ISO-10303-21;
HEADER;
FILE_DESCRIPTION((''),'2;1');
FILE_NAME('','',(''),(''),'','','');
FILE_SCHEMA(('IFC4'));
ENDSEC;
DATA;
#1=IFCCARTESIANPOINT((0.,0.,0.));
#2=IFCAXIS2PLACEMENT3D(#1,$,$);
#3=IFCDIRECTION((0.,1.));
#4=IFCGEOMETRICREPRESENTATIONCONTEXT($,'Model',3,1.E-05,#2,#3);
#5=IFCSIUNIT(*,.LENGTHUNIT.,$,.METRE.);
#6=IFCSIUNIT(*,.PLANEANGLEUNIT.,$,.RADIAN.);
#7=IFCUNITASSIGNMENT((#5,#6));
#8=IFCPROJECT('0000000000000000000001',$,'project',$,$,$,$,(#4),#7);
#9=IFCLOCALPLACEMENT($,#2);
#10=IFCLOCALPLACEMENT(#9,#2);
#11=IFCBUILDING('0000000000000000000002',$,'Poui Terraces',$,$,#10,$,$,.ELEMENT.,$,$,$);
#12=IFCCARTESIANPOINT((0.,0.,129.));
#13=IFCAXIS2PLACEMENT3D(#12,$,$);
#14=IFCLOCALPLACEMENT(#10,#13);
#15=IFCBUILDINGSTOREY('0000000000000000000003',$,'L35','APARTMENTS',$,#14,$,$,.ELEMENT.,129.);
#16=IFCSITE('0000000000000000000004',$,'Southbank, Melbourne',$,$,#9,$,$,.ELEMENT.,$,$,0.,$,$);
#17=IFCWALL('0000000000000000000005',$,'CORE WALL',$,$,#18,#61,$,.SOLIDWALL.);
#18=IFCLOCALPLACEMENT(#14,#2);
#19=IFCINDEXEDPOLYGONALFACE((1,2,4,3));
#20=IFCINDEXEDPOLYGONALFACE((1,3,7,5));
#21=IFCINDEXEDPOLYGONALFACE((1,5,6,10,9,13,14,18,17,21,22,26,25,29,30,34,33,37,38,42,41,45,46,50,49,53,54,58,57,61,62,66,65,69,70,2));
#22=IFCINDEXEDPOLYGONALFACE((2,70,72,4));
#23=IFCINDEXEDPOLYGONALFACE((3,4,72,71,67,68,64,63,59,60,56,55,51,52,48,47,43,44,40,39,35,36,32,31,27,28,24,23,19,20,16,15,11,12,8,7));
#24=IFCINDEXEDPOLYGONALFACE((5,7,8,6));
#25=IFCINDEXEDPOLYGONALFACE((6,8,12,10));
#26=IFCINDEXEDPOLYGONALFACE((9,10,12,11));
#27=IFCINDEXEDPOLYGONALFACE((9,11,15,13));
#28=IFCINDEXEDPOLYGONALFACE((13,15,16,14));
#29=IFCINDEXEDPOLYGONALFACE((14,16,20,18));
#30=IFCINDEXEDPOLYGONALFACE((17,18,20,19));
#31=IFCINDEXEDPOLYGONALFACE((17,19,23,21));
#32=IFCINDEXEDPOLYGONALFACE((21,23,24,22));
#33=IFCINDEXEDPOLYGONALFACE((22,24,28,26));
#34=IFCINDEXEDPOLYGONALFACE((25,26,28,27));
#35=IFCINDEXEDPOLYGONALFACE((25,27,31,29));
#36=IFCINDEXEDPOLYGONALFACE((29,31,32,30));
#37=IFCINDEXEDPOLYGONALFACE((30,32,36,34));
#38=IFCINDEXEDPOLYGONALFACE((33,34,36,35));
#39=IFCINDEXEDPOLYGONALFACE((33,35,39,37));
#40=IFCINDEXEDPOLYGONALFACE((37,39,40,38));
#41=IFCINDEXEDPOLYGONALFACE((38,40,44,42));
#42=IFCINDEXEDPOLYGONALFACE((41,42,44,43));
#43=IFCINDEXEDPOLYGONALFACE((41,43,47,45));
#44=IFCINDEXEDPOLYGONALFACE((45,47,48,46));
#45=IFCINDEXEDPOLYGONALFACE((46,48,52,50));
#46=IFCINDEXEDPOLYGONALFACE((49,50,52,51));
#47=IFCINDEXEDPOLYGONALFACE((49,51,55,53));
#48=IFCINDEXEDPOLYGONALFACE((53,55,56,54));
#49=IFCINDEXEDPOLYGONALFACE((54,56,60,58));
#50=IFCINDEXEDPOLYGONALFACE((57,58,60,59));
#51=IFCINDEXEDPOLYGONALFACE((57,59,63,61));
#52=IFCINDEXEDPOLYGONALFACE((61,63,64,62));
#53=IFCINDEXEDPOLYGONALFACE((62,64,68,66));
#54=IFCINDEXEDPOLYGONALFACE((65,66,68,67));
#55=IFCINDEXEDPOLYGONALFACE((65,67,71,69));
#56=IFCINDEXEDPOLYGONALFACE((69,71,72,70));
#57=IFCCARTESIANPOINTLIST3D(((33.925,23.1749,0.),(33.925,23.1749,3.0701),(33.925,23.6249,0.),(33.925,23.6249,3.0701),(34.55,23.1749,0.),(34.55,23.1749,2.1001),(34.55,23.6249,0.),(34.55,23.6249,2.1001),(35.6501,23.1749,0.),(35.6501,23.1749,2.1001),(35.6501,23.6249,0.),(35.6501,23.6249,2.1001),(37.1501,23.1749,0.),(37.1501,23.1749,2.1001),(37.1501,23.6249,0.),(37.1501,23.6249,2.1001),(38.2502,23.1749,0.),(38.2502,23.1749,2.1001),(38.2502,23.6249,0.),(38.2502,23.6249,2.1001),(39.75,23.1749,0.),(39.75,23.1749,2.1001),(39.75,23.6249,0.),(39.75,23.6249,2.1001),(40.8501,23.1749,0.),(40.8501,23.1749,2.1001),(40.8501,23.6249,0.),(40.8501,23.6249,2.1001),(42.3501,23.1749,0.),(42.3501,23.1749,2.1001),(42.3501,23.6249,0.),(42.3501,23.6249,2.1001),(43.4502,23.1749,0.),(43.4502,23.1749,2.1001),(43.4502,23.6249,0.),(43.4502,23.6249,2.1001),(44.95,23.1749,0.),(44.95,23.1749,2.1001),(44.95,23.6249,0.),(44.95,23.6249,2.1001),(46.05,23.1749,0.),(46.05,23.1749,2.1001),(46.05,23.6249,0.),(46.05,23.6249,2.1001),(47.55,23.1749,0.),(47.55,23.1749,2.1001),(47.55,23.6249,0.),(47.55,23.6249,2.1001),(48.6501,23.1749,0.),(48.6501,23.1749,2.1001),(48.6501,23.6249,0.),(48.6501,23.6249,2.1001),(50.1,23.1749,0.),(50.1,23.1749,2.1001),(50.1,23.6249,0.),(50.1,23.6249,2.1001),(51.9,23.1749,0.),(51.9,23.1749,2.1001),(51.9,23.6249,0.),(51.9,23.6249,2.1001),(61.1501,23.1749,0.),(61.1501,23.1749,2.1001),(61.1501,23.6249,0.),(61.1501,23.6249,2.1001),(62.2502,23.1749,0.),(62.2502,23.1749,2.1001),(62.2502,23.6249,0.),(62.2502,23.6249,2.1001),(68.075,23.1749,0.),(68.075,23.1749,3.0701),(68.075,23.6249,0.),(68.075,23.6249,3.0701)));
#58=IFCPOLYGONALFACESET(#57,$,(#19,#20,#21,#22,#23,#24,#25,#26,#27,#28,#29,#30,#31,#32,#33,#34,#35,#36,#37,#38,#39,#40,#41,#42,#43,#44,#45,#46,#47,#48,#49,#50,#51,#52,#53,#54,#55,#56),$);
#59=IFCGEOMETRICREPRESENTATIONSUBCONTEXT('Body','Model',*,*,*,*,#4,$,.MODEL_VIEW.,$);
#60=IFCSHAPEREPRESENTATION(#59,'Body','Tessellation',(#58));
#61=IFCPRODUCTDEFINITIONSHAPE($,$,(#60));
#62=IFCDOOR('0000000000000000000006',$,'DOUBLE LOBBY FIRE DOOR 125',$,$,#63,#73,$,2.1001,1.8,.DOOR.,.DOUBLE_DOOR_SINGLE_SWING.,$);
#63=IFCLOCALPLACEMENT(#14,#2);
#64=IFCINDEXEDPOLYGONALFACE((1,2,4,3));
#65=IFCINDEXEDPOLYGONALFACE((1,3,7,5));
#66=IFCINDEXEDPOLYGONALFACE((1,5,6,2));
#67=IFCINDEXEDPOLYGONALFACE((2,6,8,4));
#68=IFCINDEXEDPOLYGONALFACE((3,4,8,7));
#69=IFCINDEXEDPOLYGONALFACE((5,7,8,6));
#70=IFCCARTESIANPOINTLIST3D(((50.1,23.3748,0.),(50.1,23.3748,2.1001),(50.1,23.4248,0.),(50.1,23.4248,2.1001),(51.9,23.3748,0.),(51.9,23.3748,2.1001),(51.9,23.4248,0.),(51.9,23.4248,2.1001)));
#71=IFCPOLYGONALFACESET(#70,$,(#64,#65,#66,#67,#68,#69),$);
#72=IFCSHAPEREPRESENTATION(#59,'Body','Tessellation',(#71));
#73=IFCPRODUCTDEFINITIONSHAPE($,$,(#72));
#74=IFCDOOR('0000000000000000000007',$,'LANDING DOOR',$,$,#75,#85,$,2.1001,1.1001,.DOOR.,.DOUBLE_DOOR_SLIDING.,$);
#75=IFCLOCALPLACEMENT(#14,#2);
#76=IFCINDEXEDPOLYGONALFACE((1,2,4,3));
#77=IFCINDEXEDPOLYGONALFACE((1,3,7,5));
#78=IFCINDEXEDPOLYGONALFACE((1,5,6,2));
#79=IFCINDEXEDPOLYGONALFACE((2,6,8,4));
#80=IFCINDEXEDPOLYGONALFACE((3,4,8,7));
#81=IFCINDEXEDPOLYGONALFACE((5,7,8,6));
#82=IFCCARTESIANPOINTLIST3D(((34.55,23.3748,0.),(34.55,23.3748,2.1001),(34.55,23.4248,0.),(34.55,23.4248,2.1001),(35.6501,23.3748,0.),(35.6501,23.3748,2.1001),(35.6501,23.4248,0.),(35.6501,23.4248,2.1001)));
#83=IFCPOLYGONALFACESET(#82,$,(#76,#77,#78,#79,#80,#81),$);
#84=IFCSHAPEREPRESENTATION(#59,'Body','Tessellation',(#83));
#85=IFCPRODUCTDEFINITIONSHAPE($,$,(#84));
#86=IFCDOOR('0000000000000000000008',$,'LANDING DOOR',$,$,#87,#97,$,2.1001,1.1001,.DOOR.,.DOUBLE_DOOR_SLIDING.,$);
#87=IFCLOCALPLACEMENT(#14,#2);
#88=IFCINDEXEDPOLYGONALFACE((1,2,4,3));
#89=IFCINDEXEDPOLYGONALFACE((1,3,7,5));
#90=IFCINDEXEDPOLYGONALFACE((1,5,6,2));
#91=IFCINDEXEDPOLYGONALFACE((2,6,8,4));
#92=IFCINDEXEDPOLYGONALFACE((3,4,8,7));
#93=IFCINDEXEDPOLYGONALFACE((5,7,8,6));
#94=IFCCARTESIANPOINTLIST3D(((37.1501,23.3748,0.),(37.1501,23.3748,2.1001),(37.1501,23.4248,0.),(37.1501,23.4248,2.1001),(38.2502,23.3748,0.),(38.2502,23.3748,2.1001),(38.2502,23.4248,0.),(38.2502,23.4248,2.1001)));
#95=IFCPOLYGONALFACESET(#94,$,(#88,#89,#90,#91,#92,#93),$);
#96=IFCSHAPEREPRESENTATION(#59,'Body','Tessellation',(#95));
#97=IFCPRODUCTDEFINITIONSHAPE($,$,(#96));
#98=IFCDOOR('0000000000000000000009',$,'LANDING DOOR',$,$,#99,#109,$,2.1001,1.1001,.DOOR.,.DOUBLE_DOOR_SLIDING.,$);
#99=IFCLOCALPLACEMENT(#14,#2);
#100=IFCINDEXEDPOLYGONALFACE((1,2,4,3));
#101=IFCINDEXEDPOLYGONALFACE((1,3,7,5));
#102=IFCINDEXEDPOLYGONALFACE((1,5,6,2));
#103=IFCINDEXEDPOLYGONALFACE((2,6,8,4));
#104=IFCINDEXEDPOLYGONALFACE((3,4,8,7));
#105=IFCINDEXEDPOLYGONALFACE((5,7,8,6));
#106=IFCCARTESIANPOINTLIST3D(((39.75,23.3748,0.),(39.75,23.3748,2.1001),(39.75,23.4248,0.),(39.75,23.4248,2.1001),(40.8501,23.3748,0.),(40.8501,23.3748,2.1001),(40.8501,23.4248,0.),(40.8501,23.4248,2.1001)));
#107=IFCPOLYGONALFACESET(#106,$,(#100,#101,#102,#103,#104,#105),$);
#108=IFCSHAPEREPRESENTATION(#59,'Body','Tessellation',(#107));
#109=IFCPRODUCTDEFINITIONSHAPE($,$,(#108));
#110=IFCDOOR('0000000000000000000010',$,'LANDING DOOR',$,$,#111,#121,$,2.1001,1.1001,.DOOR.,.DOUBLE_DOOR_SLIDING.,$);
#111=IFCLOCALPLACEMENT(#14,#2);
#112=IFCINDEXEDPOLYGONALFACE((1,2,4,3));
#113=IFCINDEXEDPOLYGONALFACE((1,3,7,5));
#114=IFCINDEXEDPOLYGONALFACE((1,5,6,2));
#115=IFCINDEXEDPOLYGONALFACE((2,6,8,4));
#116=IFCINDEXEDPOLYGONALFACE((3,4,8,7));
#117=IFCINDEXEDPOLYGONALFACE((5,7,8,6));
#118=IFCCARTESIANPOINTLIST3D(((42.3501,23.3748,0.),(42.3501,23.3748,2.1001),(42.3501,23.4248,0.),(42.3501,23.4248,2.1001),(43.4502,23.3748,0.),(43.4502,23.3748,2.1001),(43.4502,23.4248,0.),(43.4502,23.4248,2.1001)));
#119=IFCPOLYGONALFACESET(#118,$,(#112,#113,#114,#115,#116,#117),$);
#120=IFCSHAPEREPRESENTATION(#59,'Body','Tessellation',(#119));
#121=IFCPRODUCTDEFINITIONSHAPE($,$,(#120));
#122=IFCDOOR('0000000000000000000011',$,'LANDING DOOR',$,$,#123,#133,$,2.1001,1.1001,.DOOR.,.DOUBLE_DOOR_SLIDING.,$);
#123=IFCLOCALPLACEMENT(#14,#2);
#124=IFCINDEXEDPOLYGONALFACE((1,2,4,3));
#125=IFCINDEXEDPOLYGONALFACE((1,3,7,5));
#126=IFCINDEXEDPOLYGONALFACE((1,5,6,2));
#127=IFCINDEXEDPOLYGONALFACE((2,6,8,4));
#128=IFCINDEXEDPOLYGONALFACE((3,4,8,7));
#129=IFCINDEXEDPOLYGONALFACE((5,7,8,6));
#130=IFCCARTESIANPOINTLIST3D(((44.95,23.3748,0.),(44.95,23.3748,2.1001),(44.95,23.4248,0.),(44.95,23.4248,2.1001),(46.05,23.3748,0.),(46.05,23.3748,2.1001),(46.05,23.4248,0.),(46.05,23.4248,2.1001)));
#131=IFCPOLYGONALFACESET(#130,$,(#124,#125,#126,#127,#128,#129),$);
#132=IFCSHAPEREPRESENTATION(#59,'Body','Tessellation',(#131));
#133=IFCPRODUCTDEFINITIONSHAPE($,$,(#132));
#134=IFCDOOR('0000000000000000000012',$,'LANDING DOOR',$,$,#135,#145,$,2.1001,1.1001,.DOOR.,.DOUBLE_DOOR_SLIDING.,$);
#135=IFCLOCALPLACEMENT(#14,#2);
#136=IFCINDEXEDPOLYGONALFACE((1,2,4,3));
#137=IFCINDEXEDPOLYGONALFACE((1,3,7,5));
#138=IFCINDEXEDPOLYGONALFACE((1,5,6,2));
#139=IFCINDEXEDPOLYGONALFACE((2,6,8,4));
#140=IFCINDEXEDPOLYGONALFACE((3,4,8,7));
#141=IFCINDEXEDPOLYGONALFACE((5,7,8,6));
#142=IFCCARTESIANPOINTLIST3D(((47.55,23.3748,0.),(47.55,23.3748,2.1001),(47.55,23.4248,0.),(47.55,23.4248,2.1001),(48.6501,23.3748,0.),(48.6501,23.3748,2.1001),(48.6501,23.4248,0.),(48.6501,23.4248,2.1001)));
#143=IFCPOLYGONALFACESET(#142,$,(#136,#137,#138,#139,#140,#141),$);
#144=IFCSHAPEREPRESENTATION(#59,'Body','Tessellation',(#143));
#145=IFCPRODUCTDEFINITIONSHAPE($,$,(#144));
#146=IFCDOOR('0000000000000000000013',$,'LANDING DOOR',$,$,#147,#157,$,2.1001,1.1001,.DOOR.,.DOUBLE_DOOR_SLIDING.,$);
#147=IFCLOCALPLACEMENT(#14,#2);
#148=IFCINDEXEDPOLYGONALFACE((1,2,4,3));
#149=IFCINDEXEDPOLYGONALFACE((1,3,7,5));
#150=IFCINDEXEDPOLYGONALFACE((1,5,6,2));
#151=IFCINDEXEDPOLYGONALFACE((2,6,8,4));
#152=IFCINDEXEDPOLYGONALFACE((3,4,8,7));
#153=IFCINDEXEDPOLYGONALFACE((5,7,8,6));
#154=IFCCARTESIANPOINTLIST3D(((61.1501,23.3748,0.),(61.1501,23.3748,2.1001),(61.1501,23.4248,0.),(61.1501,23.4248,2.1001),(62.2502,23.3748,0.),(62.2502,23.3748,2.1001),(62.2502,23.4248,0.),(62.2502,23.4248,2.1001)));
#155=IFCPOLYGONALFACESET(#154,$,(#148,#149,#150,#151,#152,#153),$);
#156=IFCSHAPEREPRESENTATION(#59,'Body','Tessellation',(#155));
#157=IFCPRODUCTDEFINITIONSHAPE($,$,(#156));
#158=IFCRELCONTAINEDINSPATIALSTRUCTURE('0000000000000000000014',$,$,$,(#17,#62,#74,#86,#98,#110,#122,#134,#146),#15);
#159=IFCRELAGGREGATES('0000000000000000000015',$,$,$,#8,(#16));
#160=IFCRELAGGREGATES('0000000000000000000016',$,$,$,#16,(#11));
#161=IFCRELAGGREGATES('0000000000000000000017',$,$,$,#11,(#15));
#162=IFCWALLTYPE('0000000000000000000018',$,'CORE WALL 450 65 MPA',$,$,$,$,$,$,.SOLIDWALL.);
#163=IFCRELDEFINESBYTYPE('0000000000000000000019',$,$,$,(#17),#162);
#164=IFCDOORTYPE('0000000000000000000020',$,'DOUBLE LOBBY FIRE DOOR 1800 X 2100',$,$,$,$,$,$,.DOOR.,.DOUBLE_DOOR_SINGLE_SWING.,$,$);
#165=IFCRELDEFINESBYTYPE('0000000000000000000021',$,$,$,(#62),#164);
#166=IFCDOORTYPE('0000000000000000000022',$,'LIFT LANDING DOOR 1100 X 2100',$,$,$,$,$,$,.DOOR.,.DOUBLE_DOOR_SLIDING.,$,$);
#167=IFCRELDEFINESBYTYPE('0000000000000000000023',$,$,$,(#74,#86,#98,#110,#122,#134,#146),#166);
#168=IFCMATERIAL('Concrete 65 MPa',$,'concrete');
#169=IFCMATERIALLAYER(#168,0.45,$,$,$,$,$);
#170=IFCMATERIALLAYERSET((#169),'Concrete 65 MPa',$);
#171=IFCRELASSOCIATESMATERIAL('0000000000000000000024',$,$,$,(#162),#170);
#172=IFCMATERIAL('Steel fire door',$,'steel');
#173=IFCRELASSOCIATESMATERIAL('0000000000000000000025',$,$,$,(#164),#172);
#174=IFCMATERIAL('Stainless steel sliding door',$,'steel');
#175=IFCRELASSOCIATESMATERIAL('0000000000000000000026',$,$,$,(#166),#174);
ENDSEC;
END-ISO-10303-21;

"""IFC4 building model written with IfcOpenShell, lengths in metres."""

from ifc_helpers import new_model, si_unit, direction, frame, frame_2d, origin, place, context, subcontext, project, spatial, rectangle, extrude, material, layer, layer_set, type_object, element, fill, save


model = new_model("IFC4")

# Units and contexts
model_context = context("Model", 3, precision=1e-05, world=origin(), true_north=direction((0.0, 1.0)))
body_context = subcontext(model_context, "Body", "Model", "MODEL_VIEW")
ifc_project = project(units=[si_unit("LENGTHUNIT", "METRE"), si_unit("PLANEANGLEUNIT", "RADIAN")], contexts=[model_context])

# Site, building, storey
site_placement = place(None, origin())
site = spatial("IfcSite", under=ifc_project, at=site_placement, Name="Southbank, Melbourne", CompositionType="ELEMENT", RefElevation=0.0)
building_placement = place(site_placement, origin())
building = spatial("IfcBuilding", under=site, at=building_placement, Name="Poui Terraces", CompositionType="ELEMENT")
storey_placement = place(building_placement, frame((0.0, 0.0, 129.0)))
storey = spatial("IfcBuildingStorey", under=building, at=storey_placement, Name="L35", Description="APARTMENTS", CompositionType="ELEMENT", Elevation=129.0)

# Shared definitions
ifc_material_1 = material(Name="Concrete 65 MPa", Category="concrete")

# Wall, openings, doors
ifc_layer_1 = layer(ifc_material_1, 0.45)
ifc_layer_set_1 = layer_set([ifc_layer_1], Name="Concrete 65 MPa")
wall_type_1 = type_object("IfcWallType", Name="CORE WALL 450 65 MPA", PredefinedType="SOLIDWALL", material=ifc_layer_set_1)
wall_1_placement = place(storey_placement, frame((33.925, 23.3999, 0.0), z_axis=(0.0, 0.0, 1.0), x_axis=(1.0, 0.0, 0.0)))
wall_1 = element("IfcWall", 1, at=wall_1_placement, inside=storey, type_object=wall_type_1, Name="CORE WALL", PredefinedType="SOLIDWALL", context=body_context, shape_type="SweptSolid", body=[
    extrude(rectangle(XDim=34.1499, YDim=0.45, at=frame_2d((17.075, 0.0))), origin(), (0.0, 0.0, 1.0), 3.0701),
])
opening_1_placement = place(wall_1_placement, frame((16.175, 0.0, 0.0)))
opening_1 = element("IfcOpeningElement", 2, at=opening_1_placement, cuts=wall_1, PredefinedType="OPENING", context=body_context, shape_type="SweptSolid", body=[
    extrude(rectangle(XDim=1.8, YDim=2.1001, at=frame_2d((0.8999, 1.05))), frame((0.0, 0.2349, 0.0), z_axis=(0.0, -1.0, 0.0), x_axis=(1.0, 0.0, 0.0)), (0.0, 0.0, 1.0), 0.47),
])
opening_2_placement = place(wall_1_placement, frame((0.625, 0.0, 0.0)))
opening_2 = element("IfcOpeningElement", 3, at=opening_2_placement, cuts=wall_1, PredefinedType="OPENING", context=body_context, shape_type="SweptSolid", body=[
    extrude(rectangle(XDim=1.1001, YDim=2.1001, at=frame_2d((0.55, 1.05))), frame((0.0, 0.2349, 0.0), z_axis=(0.0, -1.0, 0.0), x_axis=(1.0, 0.0, 0.0)), (0.0, 0.0, 1.0), 0.47),
])
opening_3_placement = place(wall_1_placement, frame((3.2251, 0.0, 0.0)))
opening_3 = element("IfcOpeningElement", 4, at=opening_3_placement, cuts=wall_1, PredefinedType="OPENING", context=body_context, shape_type="SweptSolid", body=[
    extrude(rectangle(XDim=1.1001, YDim=2.1001, at=frame_2d((0.55, 1.05))), frame((0.0, 0.2349, 0.0), z_axis=(0.0, -1.0, 0.0), x_axis=(1.0, 0.0, 0.0)), (0.0, 0.0, 1.0), 0.47),
])
opening_4_placement = place(wall_1_placement, frame((5.825, 0.0, 0.0)))
opening_4 = element("IfcOpeningElement", 5, at=opening_4_placement, cuts=wall_1, PredefinedType="OPENING", context=body_context, shape_type="SweptSolid", body=[
    extrude(rectangle(XDim=1.1001, YDim=2.1001, at=frame_2d((0.55, 1.05))), frame((0.0, 0.2349, 0.0), z_axis=(0.0, -1.0, 0.0), x_axis=(1.0, 0.0, 0.0)), (0.0, 0.0, 1.0), 0.47),
])
opening_5_placement = place(wall_1_placement, frame((8.425, 0.0, 0.0)))
opening_5 = element("IfcOpeningElement", 6, at=opening_5_placement, cuts=wall_1, PredefinedType="OPENING", context=body_context, shape_type="SweptSolid", body=[
    extrude(rectangle(XDim=1.1001, YDim=2.1001, at=frame_2d((0.55, 1.05))), frame((0.0, 0.2349, 0.0), z_axis=(0.0, -1.0, 0.0), x_axis=(1.0, 0.0, 0.0)), (0.0, 0.0, 1.0), 0.47),
])
opening_6_placement = place(wall_1_placement, frame((11.0249, 0.0, 0.0)))
opening_6 = element("IfcOpeningElement", 7, at=opening_6_placement, cuts=wall_1, PredefinedType="OPENING", context=body_context, shape_type="SweptSolid", body=[
    extrude(rectangle(XDim=1.1001, YDim=2.1001, at=frame_2d((0.55, 1.05))), frame((0.0, 0.2349, 0.0), z_axis=(0.0, -1.0, 0.0), x_axis=(1.0, 0.0, 0.0)), (0.0, 0.0, 1.0), 0.47),
])
opening_7_placement = place(wall_1_placement, frame((13.625, 0.0, 0.0)))
opening_7 = element("IfcOpeningElement", 8, at=opening_7_placement, cuts=wall_1, PredefinedType="OPENING", context=body_context, shape_type="SweptSolid", body=[
    extrude(rectangle(XDim=1.1001, YDim=2.1001, at=frame_2d((0.55, 1.05))), frame((0.0, 0.2349, 0.0), z_axis=(0.0, -1.0, 0.0), x_axis=(1.0, 0.0, 0.0)), (0.0, 0.0, 1.0), 0.47),
])
opening_8_placement = place(wall_1_placement, frame((27.2251, 0.0, 0.0)))
opening_8 = element("IfcOpeningElement", 9, at=opening_8_placement, cuts=wall_1, PredefinedType="OPENING", context=body_context, shape_type="SweptSolid", body=[
    extrude(rectangle(XDim=1.1001, YDim=2.1001, at=frame_2d((0.55, 1.05))), frame((0.0, 0.2349, 0.0), z_axis=(0.0, -1.0, 0.0), x_axis=(1.0, 0.0, 0.0)), (0.0, 0.0, 1.0), 0.47),
])
ifc_material_2 = material(Name="Steel fire door", Category="steel")
door_type_1 = type_object("IfcDoorType", Name="DOUBLE LOBBY FIRE DOOR 1800 X 2100", OperationType="DOUBLE_DOOR_SINGLE_SWING", PredefinedType="DOOR", material=ifc_material_2)
door_1_placement = place(opening_1_placement, origin())
door_1 = element("IfcDoor", 10, at=door_1_placement, inside=storey, type_object=door_type_1, Name="DOUBLE LOBBY FIRE DOOR 125", OperationType="DOUBLE_DOOR_SINGLE_SWING", OverallHeight=2.1001, OverallWidth=1.8, PredefinedType="DOOR", context=body_context, shape_type="SweptSolid", body=[
    extrude(rectangle(XDim=1.8, YDim=2.1001, at=frame_2d((0.8999, 1.05))), frame((0.0, 0.0249, 0.0), z_axis=(0.0, -1.0, 0.0), x_axis=(1.0, 0.0, 0.0)), (0.0, 0.0, 1.0), 0.05),
])
fill(opening_1, door_1)
ifc_material_3 = material(Name="Stainless steel sliding door", Category="steel")
door_type_2 = type_object("IfcDoorType", Name="LIFT LANDING DOOR 1100 X 2100", OperationType="DOUBLE_DOOR_SLIDING", PredefinedType="DOOR", material=ifc_material_3)
door_2_placement = place(opening_2_placement, origin())
door_2 = element("IfcDoor", 11, at=door_2_placement, inside=storey, type_object=door_type_2, Name="LANDING DOOR", OperationType="DOUBLE_DOOR_SLIDING", OverallHeight=2.1001, OverallWidth=1.1001, PredefinedType="DOOR", context=body_context, shape_type="SweptSolid", body=[
    extrude(rectangle(XDim=1.1001, YDim=2.1001, at=frame_2d((0.55, 1.05))), frame((0.0, 0.0249, 0.0), z_axis=(0.0, -1.0, 0.0), x_axis=(1.0, 0.0, 0.0)), (0.0, 0.0, 1.0), 0.05),
])
fill(opening_2, door_2)
door_3_placement = place(opening_3_placement, origin())
door_3 = element("IfcDoor", 12, at=door_3_placement, inside=storey, type_object=door_type_2, Name="LANDING DOOR", OperationType="DOUBLE_DOOR_SLIDING", OverallHeight=2.1001, OverallWidth=1.1001, PredefinedType="DOOR", context=body_context, shape_type="SweptSolid", body=[
    extrude(rectangle(XDim=1.1001, YDim=2.1001, at=frame_2d((0.55, 1.05))), frame((0.0, 0.0249, 0.0), z_axis=(0.0, -1.0, 0.0), x_axis=(1.0, 0.0, 0.0)), (0.0, 0.0, 1.0), 0.05),
])
fill(opening_3, door_3)
door_4_placement = place(opening_4_placement, origin())
door_4 = element("IfcDoor", 13, at=door_4_placement, inside=storey, type_object=door_type_2, Name="LANDING DOOR", OperationType="DOUBLE_DOOR_SLIDING", OverallHeight=2.1001, OverallWidth=1.1001, PredefinedType="DOOR", context=body_context, shape_type="SweptSolid", body=[
    extrude(rectangle(XDim=1.1001, YDim=2.1001, at=frame_2d((0.55, 1.05))), frame((0.0, 0.0249, 0.0), z_axis=(0.0, -1.0, 0.0), x_axis=(1.0, 0.0, 0.0)), (0.0, 0.0, 1.0), 0.05),
])
fill(opening_4, door_4)
door_5_placement = place(opening_5_placement, origin())
door_5 = element("IfcDoor", 14, at=door_5_placement, inside=storey, type_object=door_type_2, Name="LANDING DOOR", OperationType="DOUBLE_DOOR_SLIDING", OverallHeight=2.1001, OverallWidth=1.1001, PredefinedType="DOOR", context=body_context, shape_type="SweptSolid", body=[
    extrude(rectangle(XDim=1.1001, YDim=2.1001, at=frame_2d((0.55, 1.05))), frame((0.0, 0.0249, 0.0), z_axis=(0.0, -1.0, 0.0), x_axis=(1.0, 0.0, 0.0)), (0.0, 0.0, 1.0), 0.05),
])
fill(opening_5, door_5)
door_6_placement = place(opening_6_placement, origin())
door_6 = element("IfcDoor", 15, at=door_6_placement, inside=storey, type_object=door_type_2, Name="LANDING DOOR", OperationType="DOUBLE_DOOR_SLIDING", OverallHeight=2.1001, OverallWidth=1.1001, PredefinedType="DOOR", context=body_context, shape_type="SweptSolid", body=[
    extrude(rectangle(XDim=1.1001, YDim=2.1001, at=frame_2d((0.55, 1.05))), frame((0.0, 0.0249, 0.0), z_axis=(0.0, -1.0, 0.0), x_axis=(1.0, 0.0, 0.0)), (0.0, 0.0, 1.0), 0.05),
])
fill(opening_6, door_6)
door_7_placement = place(opening_7_placement, origin())
door_7 = element("IfcDoor", 16, at=door_7_placement, inside=storey, type_object=door_type_2, Name="LANDING DOOR", OperationType="DOUBLE_DOOR_SLIDING", OverallHeight=2.1001, OverallWidth=1.1001, PredefinedType="DOOR", context=body_context, shape_type="SweptSolid", body=[
    extrude(rectangle(XDim=1.1001, YDim=2.1001, at=frame_2d((0.55, 1.05))), frame((0.0, 0.0249, 0.0), z_axis=(0.0, -1.0, 0.0), x_axis=(1.0, 0.0, 0.0)), (0.0, 0.0, 1.0), 0.05),
])
fill(opening_7, door_7)
door_8_placement = place(opening_8_placement, origin())
door_8 = element("IfcDoor", 17, at=door_8_placement, inside=storey, type_object=door_type_2, Name="LANDING DOOR", OperationType="DOUBLE_DOOR_SLIDING", OverallHeight=2.1001, OverallWidth=1.1001, PredefinedType="DOOR", context=body_context, shape_type="SweptSolid", body=[
    extrude(rectangle(XDim=1.1001, YDim=2.1001, at=frame_2d((0.55, 1.05))), frame((0.0, 0.0249, 0.0), z_axis=(0.0, -1.0, 0.0), x_axis=(1.0, 0.0, 0.0)), (0.0, 0.0, 1.0), 0.05),
])
fill(opening_8, door_8)

save(model, "model.ifc")
